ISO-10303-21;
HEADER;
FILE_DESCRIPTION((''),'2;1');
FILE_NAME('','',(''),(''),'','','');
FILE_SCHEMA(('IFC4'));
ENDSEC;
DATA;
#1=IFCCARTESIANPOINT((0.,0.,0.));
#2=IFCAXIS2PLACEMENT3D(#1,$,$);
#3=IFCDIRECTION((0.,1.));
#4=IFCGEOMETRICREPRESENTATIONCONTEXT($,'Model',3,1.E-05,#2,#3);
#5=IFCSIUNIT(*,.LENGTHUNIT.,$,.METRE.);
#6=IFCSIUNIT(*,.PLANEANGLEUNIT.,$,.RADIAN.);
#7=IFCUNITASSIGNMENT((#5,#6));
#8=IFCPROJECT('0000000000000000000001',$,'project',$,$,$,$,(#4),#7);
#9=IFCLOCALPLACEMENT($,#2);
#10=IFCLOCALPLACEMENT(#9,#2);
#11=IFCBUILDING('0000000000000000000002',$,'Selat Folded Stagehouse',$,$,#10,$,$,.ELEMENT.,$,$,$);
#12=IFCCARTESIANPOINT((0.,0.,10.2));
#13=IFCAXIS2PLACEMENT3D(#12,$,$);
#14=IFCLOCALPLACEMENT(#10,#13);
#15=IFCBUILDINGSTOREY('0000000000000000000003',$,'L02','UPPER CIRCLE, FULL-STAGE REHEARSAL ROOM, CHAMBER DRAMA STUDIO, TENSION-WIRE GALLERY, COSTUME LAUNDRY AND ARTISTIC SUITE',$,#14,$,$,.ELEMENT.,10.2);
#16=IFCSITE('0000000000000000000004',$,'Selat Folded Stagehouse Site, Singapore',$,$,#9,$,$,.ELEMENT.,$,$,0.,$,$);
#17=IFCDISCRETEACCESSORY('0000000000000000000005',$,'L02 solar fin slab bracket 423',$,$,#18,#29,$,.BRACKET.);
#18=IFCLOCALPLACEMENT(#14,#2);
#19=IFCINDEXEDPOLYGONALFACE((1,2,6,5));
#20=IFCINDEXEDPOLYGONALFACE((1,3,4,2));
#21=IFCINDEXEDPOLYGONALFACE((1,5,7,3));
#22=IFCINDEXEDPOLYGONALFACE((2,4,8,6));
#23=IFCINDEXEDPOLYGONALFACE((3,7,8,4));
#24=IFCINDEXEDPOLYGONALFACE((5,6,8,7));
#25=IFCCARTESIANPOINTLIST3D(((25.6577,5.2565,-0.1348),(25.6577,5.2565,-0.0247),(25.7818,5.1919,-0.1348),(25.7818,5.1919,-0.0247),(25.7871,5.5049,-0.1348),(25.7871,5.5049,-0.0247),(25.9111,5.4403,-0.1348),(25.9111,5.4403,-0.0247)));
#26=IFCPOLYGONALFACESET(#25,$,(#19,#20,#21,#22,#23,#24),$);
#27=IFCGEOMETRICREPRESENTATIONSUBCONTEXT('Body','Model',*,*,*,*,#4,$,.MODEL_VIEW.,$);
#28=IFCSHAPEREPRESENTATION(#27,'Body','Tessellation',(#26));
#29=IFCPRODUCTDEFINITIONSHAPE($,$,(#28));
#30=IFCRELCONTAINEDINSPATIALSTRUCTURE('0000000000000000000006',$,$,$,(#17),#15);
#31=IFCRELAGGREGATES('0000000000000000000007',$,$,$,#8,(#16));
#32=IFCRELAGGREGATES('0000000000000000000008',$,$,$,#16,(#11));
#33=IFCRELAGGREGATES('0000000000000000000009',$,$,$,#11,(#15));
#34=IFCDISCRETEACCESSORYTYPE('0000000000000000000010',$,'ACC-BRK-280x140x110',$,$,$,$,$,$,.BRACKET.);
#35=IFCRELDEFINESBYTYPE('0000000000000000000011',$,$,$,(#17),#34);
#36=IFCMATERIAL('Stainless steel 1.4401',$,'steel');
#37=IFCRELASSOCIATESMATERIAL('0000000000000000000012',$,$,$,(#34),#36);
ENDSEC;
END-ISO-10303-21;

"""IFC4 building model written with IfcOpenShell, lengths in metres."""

from ifc_helpers import new_model, si_unit, direction, frame, origin, origin_2d, place, context, subcontext, project, spatial, rectangle, extrude, material, type_object, element, save


model = new_model("IFC4")

# Units and contexts
model_context = context("Model", 3, precision=1e-05, world=origin(), true_north=direction((0.0, 1.0)))
body_context = subcontext(model_context, "Body", "Model", "MODEL_VIEW")
ifc_project = project(units=[si_unit("LENGTHUNIT", "METRE"), si_unit("PLANEANGLEUNIT", "RADIAN")], contexts=[model_context])

# Site, building, storey
site_placement = place(None, origin())
site = spatial("IfcSite", under=ifc_project, at=site_placement, Name="Selat Folded Stagehouse Site, Singapore", CompositionType="ELEMENT", RefElevation=0.0)
building_placement = place(site_placement, origin())
building = spatial("IfcBuilding", under=site, at=building_placement, Name="Selat Folded Stagehouse", CompositionType="ELEMENT")
storey_placement = place(building_placement, frame((0.0, 0.0, 10.2)))
storey = spatial("IfcBuildingStorey", under=building, at=storey_placement, Name="L02", Description="UPPER CIRCLE, FULL-STAGE REHEARSAL ROOM, CHAMBER DRAMA STUDIO, TENSION-WIRE GALLERY, COSTUME LAUNDRY AND ARTISTIC SUITE", CompositionType="ELEMENT", Elevation=10.2)

# Discrete accessory
ifc_material_1 = material(Name="Stainless steel 1.4401", Category="steel")
discrete_accessory_type = type_object("IfcDiscreteAccessoryType", Name="ACC-BRK-280x140x110", PredefinedType="BRACKET", material=ifc_material_1)
discrete_accessory_placement = place(storey_placement, frame((25.7844, 5.3484, -0.1348), z_axis=(0.0, 0.0, 1.0), x_axis=(-0.461903, -0.88693, 0.0)))
element("IfcDiscreteAccessory", 1, at=discrete_accessory_placement, inside=storey, type_object=discrete_accessory_type, Name="L02 solar fin slab bracket 423", PredefinedType="BRACKET", context=body_context, shape_type="SweptSolid", body=[
    extrude(rectangle(XDim=0.28, YDim=0.1399, at=origin_2d()), origin(), (0.0, 0.0, 1.0), 0.1101),
])

save(model, "model.ifc")
